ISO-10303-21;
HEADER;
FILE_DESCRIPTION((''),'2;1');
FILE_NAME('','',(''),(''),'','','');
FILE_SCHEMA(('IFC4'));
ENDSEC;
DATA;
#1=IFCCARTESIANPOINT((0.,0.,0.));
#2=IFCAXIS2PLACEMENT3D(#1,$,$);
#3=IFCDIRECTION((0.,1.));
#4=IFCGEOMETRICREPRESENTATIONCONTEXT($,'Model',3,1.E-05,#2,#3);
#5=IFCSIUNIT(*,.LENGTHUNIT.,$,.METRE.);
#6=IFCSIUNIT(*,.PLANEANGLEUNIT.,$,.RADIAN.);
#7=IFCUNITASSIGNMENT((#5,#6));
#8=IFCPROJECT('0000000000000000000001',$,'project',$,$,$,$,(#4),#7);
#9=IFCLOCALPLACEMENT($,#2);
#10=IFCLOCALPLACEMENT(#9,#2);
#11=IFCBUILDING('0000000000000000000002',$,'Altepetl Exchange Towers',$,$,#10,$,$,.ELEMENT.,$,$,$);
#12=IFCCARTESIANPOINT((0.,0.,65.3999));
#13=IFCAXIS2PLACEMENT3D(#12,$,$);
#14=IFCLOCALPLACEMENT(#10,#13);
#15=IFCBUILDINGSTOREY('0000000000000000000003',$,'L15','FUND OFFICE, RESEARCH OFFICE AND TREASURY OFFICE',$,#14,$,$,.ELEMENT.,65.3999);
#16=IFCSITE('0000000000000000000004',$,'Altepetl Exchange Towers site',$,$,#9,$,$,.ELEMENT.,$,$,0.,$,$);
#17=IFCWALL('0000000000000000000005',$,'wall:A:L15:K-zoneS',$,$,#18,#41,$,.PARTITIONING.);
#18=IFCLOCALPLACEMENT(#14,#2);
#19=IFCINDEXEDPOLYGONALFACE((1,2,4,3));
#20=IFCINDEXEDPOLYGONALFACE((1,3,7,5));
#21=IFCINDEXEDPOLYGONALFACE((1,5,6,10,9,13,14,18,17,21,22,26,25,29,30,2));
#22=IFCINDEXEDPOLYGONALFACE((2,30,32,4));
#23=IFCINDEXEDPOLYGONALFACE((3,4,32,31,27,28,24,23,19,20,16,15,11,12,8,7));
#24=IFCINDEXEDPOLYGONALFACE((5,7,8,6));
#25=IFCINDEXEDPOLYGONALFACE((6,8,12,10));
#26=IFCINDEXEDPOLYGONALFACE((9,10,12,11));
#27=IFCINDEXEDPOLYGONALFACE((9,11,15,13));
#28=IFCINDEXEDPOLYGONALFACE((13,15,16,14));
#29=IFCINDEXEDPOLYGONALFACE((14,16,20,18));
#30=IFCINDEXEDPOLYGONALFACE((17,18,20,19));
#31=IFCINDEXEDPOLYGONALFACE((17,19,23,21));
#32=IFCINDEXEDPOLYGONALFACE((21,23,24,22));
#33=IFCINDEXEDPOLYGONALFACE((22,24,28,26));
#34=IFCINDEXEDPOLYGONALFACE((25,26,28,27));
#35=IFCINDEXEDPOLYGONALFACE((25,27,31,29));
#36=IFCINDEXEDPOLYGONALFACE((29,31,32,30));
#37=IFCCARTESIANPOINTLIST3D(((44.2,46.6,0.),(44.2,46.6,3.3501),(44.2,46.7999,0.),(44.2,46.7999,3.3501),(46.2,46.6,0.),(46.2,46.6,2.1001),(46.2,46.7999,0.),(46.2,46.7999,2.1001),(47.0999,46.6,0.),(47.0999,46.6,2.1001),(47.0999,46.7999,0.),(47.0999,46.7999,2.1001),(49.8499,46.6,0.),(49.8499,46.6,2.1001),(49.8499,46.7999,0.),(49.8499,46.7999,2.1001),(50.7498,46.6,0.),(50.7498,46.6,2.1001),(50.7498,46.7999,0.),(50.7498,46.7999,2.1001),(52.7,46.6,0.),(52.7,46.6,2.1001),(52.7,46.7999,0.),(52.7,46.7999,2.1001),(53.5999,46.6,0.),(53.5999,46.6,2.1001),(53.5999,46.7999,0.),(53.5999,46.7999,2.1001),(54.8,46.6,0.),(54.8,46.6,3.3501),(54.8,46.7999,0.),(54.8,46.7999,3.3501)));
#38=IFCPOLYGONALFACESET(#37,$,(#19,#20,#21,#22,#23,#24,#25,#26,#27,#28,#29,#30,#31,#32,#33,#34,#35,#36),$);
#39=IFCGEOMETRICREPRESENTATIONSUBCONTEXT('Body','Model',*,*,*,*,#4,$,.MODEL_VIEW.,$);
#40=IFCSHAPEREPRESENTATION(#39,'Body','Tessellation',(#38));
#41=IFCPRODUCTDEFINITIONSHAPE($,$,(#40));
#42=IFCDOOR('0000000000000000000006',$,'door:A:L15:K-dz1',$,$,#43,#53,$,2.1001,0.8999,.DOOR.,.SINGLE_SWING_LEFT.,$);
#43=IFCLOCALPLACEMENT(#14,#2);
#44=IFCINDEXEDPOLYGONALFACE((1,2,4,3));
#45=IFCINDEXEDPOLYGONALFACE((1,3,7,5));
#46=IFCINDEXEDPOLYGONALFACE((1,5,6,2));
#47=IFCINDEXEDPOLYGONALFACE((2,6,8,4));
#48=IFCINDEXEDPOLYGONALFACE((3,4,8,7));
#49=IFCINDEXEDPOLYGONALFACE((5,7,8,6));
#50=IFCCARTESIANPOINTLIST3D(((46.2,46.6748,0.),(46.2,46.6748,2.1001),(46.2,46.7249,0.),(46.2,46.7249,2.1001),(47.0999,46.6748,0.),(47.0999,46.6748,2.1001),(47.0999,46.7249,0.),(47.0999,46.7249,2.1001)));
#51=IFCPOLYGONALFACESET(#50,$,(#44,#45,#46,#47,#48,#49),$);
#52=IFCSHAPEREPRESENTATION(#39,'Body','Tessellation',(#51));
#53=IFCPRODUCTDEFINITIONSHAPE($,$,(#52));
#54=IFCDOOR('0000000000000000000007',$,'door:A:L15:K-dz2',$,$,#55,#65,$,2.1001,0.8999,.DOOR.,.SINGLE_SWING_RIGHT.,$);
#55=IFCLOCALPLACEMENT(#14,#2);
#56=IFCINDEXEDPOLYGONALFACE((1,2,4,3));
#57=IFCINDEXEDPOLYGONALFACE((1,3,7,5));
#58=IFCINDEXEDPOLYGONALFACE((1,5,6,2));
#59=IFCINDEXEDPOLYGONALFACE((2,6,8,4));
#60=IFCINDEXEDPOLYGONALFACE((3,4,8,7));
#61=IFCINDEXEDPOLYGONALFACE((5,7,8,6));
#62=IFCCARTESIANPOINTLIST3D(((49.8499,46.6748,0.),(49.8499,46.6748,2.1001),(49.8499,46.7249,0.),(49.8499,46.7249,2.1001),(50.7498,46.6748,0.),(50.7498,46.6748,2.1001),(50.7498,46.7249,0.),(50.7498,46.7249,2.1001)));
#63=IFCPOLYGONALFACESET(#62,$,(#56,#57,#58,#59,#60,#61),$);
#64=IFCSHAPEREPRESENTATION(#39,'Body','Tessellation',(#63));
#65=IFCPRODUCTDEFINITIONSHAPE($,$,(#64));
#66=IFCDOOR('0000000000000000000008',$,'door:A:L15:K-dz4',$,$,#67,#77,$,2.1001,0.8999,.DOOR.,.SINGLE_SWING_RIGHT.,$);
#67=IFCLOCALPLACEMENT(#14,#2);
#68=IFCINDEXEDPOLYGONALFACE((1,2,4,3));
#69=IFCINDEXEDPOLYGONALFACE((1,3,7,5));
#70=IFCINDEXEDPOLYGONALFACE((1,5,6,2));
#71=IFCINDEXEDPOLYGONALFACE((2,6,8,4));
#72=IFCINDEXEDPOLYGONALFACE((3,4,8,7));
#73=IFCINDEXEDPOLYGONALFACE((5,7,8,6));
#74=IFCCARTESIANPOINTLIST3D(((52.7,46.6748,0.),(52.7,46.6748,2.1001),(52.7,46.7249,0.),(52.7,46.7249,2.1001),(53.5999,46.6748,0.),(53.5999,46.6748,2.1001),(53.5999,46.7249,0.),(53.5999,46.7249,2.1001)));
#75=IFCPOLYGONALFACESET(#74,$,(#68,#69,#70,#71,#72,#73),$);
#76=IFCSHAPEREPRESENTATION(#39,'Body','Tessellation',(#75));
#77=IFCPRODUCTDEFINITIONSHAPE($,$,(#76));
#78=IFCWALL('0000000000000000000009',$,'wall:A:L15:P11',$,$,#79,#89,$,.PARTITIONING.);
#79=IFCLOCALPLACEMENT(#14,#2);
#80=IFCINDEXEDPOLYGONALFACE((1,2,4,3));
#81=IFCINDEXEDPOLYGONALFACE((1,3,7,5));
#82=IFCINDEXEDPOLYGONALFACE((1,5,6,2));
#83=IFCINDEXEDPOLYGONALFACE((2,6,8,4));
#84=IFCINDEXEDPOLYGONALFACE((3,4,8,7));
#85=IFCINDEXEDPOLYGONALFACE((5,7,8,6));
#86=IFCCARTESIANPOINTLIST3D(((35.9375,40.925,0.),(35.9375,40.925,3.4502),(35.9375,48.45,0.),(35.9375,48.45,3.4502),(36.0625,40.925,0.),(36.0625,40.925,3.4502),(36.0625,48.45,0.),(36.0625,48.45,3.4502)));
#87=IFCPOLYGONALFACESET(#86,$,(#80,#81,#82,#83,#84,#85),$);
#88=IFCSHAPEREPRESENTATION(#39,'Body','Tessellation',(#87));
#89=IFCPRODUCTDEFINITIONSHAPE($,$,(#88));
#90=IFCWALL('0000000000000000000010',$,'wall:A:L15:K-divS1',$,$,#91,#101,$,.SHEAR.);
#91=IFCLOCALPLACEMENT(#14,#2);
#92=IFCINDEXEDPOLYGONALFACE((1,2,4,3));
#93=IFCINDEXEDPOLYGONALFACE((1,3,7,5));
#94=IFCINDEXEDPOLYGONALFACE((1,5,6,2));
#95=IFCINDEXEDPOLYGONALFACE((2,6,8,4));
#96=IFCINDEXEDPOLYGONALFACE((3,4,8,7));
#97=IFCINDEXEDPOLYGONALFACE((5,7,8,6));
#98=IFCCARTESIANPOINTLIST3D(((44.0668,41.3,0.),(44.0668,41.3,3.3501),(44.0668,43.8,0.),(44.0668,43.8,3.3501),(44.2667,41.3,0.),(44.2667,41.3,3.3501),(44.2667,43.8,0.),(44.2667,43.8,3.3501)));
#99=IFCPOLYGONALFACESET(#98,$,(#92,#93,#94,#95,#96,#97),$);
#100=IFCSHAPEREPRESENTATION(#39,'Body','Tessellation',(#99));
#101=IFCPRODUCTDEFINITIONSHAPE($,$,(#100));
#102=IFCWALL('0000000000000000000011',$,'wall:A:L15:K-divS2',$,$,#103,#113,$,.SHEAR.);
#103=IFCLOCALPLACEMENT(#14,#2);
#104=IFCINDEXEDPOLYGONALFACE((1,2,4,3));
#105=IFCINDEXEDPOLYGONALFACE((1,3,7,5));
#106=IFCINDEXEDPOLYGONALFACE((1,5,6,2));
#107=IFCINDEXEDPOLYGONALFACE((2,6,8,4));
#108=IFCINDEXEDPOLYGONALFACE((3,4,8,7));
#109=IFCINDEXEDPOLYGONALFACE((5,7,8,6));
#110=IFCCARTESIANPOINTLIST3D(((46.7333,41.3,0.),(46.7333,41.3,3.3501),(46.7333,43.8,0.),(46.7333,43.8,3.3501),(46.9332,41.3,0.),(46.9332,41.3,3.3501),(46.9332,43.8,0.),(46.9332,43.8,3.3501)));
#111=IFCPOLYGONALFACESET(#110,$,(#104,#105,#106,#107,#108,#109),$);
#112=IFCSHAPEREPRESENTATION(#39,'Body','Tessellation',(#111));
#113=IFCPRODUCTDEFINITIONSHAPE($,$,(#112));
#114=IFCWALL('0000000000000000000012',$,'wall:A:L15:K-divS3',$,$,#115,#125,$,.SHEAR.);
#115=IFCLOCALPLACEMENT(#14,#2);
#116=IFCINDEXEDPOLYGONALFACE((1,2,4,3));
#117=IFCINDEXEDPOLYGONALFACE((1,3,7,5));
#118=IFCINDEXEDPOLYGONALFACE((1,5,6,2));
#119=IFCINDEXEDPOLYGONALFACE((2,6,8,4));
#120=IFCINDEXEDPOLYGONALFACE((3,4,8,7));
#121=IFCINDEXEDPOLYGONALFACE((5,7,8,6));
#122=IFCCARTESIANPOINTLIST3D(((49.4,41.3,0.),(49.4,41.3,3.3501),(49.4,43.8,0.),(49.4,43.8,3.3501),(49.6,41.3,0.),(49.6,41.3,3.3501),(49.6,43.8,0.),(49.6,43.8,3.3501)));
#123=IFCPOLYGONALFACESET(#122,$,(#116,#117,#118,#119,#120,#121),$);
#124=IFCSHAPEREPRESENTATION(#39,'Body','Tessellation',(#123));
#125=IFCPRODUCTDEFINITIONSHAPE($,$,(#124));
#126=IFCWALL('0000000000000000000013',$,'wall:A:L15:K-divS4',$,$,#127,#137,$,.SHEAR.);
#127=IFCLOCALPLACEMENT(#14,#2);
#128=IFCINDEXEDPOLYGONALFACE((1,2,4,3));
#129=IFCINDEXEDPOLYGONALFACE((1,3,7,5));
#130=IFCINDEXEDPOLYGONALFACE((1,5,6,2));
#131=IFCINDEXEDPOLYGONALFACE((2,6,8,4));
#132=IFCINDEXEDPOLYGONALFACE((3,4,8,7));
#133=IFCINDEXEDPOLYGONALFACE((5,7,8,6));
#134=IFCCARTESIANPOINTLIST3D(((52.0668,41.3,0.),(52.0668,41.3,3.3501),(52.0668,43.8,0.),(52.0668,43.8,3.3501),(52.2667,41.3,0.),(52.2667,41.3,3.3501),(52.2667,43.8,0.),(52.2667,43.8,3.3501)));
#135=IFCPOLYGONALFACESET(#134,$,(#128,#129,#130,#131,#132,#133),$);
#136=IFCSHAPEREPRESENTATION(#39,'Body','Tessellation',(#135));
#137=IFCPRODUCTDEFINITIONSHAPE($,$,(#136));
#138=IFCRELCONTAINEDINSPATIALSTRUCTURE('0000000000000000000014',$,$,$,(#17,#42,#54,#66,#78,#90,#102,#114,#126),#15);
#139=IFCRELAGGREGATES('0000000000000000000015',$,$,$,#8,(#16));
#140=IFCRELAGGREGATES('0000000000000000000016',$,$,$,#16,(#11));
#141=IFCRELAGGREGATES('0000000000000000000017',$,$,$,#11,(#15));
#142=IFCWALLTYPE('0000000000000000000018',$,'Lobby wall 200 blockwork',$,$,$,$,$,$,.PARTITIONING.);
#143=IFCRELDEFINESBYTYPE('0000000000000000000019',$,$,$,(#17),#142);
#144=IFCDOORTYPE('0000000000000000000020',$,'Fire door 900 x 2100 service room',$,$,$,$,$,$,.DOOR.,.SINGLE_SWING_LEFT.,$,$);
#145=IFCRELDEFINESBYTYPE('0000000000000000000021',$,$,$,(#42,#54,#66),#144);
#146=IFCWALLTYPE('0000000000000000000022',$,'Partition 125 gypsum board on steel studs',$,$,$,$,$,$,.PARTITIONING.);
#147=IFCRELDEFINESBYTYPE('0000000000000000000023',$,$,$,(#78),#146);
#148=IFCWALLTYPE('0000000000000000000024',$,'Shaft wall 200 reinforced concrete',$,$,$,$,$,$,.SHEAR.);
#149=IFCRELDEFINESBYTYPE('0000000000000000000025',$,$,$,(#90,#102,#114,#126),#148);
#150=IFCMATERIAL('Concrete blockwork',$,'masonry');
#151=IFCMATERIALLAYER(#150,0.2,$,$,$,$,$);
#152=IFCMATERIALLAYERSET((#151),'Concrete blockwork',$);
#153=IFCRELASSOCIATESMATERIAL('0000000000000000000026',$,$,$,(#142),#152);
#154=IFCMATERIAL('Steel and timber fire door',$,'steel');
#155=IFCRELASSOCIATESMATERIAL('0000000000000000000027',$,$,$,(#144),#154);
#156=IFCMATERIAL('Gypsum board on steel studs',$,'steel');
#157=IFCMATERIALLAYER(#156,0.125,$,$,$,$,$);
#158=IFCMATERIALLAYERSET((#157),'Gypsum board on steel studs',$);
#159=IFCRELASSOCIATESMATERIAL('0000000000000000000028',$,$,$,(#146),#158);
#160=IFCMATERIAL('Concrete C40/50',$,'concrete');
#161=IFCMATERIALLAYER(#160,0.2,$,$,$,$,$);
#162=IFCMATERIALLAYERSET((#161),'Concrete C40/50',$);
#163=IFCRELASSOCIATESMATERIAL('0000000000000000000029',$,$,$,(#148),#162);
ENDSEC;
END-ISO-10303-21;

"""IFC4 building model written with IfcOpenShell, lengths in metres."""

from ifc_helpers import new_model, si_unit, direction, frame, frame_2d, origin, place, context, subcontext, project, spatial, rectangle, extrude, material, layer, layer_set, type_object, element, fill, save


model = new_model("IFC4")

# Units and contexts
model_context = context("Model", 3, precision=1e-05, world=origin(), true_north=direction((0.0, 1.0)))
body_context = subcontext(model_context, "Body", "Model", "MODEL_VIEW")
ifc_project = project(units=[si_unit("LENGTHUNIT", "METRE"), si_unit("PLANEANGLEUNIT", "RADIAN")], contexts=[model_context])

# Site, building, storey
site_placement = place(None, origin())
site = spatial("IfcSite", under=ifc_project, at=site_placement, Name="Altepetl Exchange Towers site", CompositionType="ELEMENT", RefElevation=0.0)
building_placement = place(site_placement, origin())
building = spatial("IfcBuilding", under=site, at=building_placement, Name="Altepetl Exchange Towers", CompositionType="ELEMENT")
storey_placement = place(building_placement, frame((0.0, 0.0, 65.3999)))
storey = spatial("IfcBuildingStorey", under=building, at=storey_placement, Name="L15", Description="FUND OFFICE, RESEARCH OFFICE AND TREASURY OFFICE", CompositionType="ELEMENT", Elevation=65.3999)

# Wall, openings, doors
ifc_material_1 = material(Name="Concrete blockwork", Category="masonry")
ifc_layer_1 = layer(ifc_material_1, 0.2)
ifc_layer_set_1 = layer_set([ifc_layer_1], Name="Concrete blockwork")
wall_type_1 = type_object("IfcWallType", Name="Lobby wall 200 blockwork", PredefinedType="PARTITIONING", material=ifc_layer_set_1)
wall_1_placement = place(storey_placement, frame((44.2, 46.7, 0.0)))
wall_1 = element("IfcWall", 1, at=wall_1_placement, inside=storey, type_object=wall_type_1, Name="wall:A:L15:K-zoneS", PredefinedType="PARTITIONING", context=body_context, shape_type="SweptSolid", body=[
    extrude(rectangle(XDim=10.6001, YDim=0.2, at=frame_2d((5.3, 0.0))), origin(), (0.0, 0.0, 1.0), 3.3501),
])
opening_1_placement = place(wall_1_placement, frame((2.0, 0.0, 0.0)))
opening_1 = element("IfcOpeningElement", 2, at=opening_1_placement, cuts=wall_1, PredefinedType="OPENING", context=body_context, shape_type="SweptSolid", body=[
    extrude(rectangle(XDim=0.8999, YDim=2.1001, at=frame_2d((0.45, 1.05))), frame((0.0, 0.1099, 0.0), z_axis=(0.0, -1.0, 0.0), x_axis=(1.0, 0.0, 0.0)), (0.0, 0.0, 1.0), 0.22),
])
opening_2_placement = place(wall_1_placement, frame((5.6499, 0.0, 0.0)))
opening_2 = element("IfcOpeningElement", 3, at=opening_2_placement, cuts=wall_1, PredefinedType="OPENING", context=body_context, shape_type="SweptSolid", body=[
    extrude(rectangle(XDim=0.8999, YDim=2.1001, at=frame_2d((0.45, 1.05))), frame((0.0, 0.1099, 0.0), z_axis=(0.0, -1.0, 0.0), x_axis=(1.0, 0.0, 0.0)), (0.0, 0.0, 1.0), 0.22),
])
opening_3_placement = place(wall_1_placement, frame((8.5, 0.0, 0.0)))
opening_3 = element("IfcOpeningElement", 4, at=opening_3_placement, cuts=wall_1, PredefinedType="OPENING", context=body_context, shape_type="SweptSolid", body=[
    extrude(rectangle(XDim=0.8999, YDim=2.1001, at=frame_2d((0.45, 1.05))), frame((0.0, 0.1099, 0.0), z_axis=(0.0, -1.0, 0.0), x_axis=(1.0, 0.0, 0.0)), (0.0, 0.0, 1.0), 0.22),
])
ifc_material_2 = material(Name="Steel and timber fire door", Category="steel")
door_type_1 = type_object("IfcDoorType", Name="Fire door 900 x 2100 service room", OperationType="SINGLE_SWING_LEFT", PredefinedType="DOOR", material=ifc_material_2)
door_1_placement = place(opening_1_placement, origin())
door_1 = element("IfcDoor", 5, at=door_1_placement, inside=storey, type_object=door_type_1, Name="door:A:L15:K-dz1", OperationType="SINGLE_SWING_LEFT", OverallHeight=2.1001, OverallWidth=0.8999, PredefinedType="DOOR", context=body_context, shape_type="SweptSolid", body=[
    extrude(rectangle(XDim=0.8999, YDim=2.1001, at=frame_2d((0.45, 1.05))), frame((0.0, 0.0249, 0.0), z_axis=(0.0, -1.0, 0.0), x_axis=(1.0, 0.0, 0.0)), (0.0, 0.0, 1.0), 0.05),
])
fill(opening_1, door_1)
door_2_placement = place(opening_2_placement, origin())
door_2 = element("IfcDoor", 6, at=door_2_placement, inside=storey, type_object=door_type_1, Name="door:A:L15:K-dz2", OperationType="SINGLE_SWING_RIGHT", OverallHeight=2.1001, OverallWidth=0.8999, PredefinedType="DOOR", context=body_context, shape_type="SweptSolid", body=[
    extrude(rectangle(XDim=0.8999, YDim=2.1001, at=frame_2d((0.45, 1.05))), frame((0.0, 0.0249, 0.0), z_axis=(0.0, -1.0, 0.0), x_axis=(1.0, 0.0, 0.0)), (0.0, 0.0, 1.0), 0.05),
])
fill(opening_2, door_2)
door_3_placement = place(opening_3_placement, origin())
door_3 = element("IfcDoor", 7, at=door_3_placement, inside=storey, type_object=door_type_1, Name="door:A:L15:K-dz4", OperationType="SINGLE_SWING_RIGHT", OverallHeight=2.1001, OverallWidth=0.8999, PredefinedType="DOOR", context=body_context, shape_type="SweptSolid", body=[
    extrude(rectangle(XDim=0.8999, YDim=2.1001, at=frame_2d((0.45, 1.05))), frame((0.0, 0.0249, 0.0), z_axis=(0.0, -1.0, 0.0), x_axis=(1.0, 0.0, 0.0)), (0.0, 0.0, 1.0), 0.05),
])
fill(opening_3, door_3)

# Walls
ifc_material_3 = material(Name="Gypsum board on steel studs", Category="steel")
ifc_layer_2 = layer(ifc_material_3, 0.125)
ifc_layer_set_2 = layer_set([ifc_layer_2], Name="Gypsum board on steel studs")
wall_type_2 = type_object("IfcWallType", Name="Partition 125 gypsum board on steel studs", PredefinedType="PARTITIONING", material=ifc_layer_set_2)
wall_2_placement = place(storey_placement, frame((36.0, 40.925, 0.0), z_axis=(0.0, 0.0, 1.0), x_axis=(0.0, 1.0, 0.0)))
element("IfcWall", 8, at=wall_2_placement, inside=storey, type_object=wall_type_2, Name="wall:A:L15:P11", PredefinedType="PARTITIONING", context=body_context, shape_type="SweptSolid", body=[
    extrude(rectangle(XDim=7.5249, YDim=0.125, at=frame_2d((3.7625, 0.0))), origin(), (0.0, 0.0, 1.0), 3.4502),
])
ifc_material_4 = material(Name="Concrete C40/50", Category="concrete")
ifc_layer_3 = layer(ifc_material_4, 0.2)
ifc_layer_set_3 = layer_set([ifc_layer_3], Name="Concrete C40/50")
wall_type_3 = type_object("IfcWallType", Name="Shaft wall 200 reinforced concrete", PredefinedType="SHEAR", material=ifc_layer_set_3)
for number, where, z_axis, x_axis, name in (
    (9, (44.1667, 41.3, 0.0), (0.0, 0.0, 1.0), (0.0, 1.0, 0.0), "wall:A:L15:K-divS1"),
    (10, (46.8333, 41.3, 0.0), (0.0, 0.0, 1.0), (0.0, 1.0, 0.0), "wall:A:L15:K-divS2"),
    (11, (49.5, 41.3, 0.0), (0.0, 0.0, 1.0), (0.0, 1.0, 0.0), "wall:A:L15:K-divS3"),
    (12, (52.1667, 41.3, 0.0), (0.0, 0.0, 1.0), (0.0, 1.0, 0.0), "wall:A:L15:K-divS4"),
):
    element("IfcWall", number, at=place(storey_placement, frame(where, z_axis=z_axis, x_axis=x_axis)), inside=storey, type_object=wall_type_3, Name=name, PredefinedType="SHEAR", context=body_context, shape_type="SweptSolid", body=[
        extrude(rectangle(XDim=2.5, YDim=0.2, at=frame_2d((1.25, 0.0))), origin(), (0.0, 0.0, 1.0), 3.3501),
    ])

save(model, "model.ifc")
